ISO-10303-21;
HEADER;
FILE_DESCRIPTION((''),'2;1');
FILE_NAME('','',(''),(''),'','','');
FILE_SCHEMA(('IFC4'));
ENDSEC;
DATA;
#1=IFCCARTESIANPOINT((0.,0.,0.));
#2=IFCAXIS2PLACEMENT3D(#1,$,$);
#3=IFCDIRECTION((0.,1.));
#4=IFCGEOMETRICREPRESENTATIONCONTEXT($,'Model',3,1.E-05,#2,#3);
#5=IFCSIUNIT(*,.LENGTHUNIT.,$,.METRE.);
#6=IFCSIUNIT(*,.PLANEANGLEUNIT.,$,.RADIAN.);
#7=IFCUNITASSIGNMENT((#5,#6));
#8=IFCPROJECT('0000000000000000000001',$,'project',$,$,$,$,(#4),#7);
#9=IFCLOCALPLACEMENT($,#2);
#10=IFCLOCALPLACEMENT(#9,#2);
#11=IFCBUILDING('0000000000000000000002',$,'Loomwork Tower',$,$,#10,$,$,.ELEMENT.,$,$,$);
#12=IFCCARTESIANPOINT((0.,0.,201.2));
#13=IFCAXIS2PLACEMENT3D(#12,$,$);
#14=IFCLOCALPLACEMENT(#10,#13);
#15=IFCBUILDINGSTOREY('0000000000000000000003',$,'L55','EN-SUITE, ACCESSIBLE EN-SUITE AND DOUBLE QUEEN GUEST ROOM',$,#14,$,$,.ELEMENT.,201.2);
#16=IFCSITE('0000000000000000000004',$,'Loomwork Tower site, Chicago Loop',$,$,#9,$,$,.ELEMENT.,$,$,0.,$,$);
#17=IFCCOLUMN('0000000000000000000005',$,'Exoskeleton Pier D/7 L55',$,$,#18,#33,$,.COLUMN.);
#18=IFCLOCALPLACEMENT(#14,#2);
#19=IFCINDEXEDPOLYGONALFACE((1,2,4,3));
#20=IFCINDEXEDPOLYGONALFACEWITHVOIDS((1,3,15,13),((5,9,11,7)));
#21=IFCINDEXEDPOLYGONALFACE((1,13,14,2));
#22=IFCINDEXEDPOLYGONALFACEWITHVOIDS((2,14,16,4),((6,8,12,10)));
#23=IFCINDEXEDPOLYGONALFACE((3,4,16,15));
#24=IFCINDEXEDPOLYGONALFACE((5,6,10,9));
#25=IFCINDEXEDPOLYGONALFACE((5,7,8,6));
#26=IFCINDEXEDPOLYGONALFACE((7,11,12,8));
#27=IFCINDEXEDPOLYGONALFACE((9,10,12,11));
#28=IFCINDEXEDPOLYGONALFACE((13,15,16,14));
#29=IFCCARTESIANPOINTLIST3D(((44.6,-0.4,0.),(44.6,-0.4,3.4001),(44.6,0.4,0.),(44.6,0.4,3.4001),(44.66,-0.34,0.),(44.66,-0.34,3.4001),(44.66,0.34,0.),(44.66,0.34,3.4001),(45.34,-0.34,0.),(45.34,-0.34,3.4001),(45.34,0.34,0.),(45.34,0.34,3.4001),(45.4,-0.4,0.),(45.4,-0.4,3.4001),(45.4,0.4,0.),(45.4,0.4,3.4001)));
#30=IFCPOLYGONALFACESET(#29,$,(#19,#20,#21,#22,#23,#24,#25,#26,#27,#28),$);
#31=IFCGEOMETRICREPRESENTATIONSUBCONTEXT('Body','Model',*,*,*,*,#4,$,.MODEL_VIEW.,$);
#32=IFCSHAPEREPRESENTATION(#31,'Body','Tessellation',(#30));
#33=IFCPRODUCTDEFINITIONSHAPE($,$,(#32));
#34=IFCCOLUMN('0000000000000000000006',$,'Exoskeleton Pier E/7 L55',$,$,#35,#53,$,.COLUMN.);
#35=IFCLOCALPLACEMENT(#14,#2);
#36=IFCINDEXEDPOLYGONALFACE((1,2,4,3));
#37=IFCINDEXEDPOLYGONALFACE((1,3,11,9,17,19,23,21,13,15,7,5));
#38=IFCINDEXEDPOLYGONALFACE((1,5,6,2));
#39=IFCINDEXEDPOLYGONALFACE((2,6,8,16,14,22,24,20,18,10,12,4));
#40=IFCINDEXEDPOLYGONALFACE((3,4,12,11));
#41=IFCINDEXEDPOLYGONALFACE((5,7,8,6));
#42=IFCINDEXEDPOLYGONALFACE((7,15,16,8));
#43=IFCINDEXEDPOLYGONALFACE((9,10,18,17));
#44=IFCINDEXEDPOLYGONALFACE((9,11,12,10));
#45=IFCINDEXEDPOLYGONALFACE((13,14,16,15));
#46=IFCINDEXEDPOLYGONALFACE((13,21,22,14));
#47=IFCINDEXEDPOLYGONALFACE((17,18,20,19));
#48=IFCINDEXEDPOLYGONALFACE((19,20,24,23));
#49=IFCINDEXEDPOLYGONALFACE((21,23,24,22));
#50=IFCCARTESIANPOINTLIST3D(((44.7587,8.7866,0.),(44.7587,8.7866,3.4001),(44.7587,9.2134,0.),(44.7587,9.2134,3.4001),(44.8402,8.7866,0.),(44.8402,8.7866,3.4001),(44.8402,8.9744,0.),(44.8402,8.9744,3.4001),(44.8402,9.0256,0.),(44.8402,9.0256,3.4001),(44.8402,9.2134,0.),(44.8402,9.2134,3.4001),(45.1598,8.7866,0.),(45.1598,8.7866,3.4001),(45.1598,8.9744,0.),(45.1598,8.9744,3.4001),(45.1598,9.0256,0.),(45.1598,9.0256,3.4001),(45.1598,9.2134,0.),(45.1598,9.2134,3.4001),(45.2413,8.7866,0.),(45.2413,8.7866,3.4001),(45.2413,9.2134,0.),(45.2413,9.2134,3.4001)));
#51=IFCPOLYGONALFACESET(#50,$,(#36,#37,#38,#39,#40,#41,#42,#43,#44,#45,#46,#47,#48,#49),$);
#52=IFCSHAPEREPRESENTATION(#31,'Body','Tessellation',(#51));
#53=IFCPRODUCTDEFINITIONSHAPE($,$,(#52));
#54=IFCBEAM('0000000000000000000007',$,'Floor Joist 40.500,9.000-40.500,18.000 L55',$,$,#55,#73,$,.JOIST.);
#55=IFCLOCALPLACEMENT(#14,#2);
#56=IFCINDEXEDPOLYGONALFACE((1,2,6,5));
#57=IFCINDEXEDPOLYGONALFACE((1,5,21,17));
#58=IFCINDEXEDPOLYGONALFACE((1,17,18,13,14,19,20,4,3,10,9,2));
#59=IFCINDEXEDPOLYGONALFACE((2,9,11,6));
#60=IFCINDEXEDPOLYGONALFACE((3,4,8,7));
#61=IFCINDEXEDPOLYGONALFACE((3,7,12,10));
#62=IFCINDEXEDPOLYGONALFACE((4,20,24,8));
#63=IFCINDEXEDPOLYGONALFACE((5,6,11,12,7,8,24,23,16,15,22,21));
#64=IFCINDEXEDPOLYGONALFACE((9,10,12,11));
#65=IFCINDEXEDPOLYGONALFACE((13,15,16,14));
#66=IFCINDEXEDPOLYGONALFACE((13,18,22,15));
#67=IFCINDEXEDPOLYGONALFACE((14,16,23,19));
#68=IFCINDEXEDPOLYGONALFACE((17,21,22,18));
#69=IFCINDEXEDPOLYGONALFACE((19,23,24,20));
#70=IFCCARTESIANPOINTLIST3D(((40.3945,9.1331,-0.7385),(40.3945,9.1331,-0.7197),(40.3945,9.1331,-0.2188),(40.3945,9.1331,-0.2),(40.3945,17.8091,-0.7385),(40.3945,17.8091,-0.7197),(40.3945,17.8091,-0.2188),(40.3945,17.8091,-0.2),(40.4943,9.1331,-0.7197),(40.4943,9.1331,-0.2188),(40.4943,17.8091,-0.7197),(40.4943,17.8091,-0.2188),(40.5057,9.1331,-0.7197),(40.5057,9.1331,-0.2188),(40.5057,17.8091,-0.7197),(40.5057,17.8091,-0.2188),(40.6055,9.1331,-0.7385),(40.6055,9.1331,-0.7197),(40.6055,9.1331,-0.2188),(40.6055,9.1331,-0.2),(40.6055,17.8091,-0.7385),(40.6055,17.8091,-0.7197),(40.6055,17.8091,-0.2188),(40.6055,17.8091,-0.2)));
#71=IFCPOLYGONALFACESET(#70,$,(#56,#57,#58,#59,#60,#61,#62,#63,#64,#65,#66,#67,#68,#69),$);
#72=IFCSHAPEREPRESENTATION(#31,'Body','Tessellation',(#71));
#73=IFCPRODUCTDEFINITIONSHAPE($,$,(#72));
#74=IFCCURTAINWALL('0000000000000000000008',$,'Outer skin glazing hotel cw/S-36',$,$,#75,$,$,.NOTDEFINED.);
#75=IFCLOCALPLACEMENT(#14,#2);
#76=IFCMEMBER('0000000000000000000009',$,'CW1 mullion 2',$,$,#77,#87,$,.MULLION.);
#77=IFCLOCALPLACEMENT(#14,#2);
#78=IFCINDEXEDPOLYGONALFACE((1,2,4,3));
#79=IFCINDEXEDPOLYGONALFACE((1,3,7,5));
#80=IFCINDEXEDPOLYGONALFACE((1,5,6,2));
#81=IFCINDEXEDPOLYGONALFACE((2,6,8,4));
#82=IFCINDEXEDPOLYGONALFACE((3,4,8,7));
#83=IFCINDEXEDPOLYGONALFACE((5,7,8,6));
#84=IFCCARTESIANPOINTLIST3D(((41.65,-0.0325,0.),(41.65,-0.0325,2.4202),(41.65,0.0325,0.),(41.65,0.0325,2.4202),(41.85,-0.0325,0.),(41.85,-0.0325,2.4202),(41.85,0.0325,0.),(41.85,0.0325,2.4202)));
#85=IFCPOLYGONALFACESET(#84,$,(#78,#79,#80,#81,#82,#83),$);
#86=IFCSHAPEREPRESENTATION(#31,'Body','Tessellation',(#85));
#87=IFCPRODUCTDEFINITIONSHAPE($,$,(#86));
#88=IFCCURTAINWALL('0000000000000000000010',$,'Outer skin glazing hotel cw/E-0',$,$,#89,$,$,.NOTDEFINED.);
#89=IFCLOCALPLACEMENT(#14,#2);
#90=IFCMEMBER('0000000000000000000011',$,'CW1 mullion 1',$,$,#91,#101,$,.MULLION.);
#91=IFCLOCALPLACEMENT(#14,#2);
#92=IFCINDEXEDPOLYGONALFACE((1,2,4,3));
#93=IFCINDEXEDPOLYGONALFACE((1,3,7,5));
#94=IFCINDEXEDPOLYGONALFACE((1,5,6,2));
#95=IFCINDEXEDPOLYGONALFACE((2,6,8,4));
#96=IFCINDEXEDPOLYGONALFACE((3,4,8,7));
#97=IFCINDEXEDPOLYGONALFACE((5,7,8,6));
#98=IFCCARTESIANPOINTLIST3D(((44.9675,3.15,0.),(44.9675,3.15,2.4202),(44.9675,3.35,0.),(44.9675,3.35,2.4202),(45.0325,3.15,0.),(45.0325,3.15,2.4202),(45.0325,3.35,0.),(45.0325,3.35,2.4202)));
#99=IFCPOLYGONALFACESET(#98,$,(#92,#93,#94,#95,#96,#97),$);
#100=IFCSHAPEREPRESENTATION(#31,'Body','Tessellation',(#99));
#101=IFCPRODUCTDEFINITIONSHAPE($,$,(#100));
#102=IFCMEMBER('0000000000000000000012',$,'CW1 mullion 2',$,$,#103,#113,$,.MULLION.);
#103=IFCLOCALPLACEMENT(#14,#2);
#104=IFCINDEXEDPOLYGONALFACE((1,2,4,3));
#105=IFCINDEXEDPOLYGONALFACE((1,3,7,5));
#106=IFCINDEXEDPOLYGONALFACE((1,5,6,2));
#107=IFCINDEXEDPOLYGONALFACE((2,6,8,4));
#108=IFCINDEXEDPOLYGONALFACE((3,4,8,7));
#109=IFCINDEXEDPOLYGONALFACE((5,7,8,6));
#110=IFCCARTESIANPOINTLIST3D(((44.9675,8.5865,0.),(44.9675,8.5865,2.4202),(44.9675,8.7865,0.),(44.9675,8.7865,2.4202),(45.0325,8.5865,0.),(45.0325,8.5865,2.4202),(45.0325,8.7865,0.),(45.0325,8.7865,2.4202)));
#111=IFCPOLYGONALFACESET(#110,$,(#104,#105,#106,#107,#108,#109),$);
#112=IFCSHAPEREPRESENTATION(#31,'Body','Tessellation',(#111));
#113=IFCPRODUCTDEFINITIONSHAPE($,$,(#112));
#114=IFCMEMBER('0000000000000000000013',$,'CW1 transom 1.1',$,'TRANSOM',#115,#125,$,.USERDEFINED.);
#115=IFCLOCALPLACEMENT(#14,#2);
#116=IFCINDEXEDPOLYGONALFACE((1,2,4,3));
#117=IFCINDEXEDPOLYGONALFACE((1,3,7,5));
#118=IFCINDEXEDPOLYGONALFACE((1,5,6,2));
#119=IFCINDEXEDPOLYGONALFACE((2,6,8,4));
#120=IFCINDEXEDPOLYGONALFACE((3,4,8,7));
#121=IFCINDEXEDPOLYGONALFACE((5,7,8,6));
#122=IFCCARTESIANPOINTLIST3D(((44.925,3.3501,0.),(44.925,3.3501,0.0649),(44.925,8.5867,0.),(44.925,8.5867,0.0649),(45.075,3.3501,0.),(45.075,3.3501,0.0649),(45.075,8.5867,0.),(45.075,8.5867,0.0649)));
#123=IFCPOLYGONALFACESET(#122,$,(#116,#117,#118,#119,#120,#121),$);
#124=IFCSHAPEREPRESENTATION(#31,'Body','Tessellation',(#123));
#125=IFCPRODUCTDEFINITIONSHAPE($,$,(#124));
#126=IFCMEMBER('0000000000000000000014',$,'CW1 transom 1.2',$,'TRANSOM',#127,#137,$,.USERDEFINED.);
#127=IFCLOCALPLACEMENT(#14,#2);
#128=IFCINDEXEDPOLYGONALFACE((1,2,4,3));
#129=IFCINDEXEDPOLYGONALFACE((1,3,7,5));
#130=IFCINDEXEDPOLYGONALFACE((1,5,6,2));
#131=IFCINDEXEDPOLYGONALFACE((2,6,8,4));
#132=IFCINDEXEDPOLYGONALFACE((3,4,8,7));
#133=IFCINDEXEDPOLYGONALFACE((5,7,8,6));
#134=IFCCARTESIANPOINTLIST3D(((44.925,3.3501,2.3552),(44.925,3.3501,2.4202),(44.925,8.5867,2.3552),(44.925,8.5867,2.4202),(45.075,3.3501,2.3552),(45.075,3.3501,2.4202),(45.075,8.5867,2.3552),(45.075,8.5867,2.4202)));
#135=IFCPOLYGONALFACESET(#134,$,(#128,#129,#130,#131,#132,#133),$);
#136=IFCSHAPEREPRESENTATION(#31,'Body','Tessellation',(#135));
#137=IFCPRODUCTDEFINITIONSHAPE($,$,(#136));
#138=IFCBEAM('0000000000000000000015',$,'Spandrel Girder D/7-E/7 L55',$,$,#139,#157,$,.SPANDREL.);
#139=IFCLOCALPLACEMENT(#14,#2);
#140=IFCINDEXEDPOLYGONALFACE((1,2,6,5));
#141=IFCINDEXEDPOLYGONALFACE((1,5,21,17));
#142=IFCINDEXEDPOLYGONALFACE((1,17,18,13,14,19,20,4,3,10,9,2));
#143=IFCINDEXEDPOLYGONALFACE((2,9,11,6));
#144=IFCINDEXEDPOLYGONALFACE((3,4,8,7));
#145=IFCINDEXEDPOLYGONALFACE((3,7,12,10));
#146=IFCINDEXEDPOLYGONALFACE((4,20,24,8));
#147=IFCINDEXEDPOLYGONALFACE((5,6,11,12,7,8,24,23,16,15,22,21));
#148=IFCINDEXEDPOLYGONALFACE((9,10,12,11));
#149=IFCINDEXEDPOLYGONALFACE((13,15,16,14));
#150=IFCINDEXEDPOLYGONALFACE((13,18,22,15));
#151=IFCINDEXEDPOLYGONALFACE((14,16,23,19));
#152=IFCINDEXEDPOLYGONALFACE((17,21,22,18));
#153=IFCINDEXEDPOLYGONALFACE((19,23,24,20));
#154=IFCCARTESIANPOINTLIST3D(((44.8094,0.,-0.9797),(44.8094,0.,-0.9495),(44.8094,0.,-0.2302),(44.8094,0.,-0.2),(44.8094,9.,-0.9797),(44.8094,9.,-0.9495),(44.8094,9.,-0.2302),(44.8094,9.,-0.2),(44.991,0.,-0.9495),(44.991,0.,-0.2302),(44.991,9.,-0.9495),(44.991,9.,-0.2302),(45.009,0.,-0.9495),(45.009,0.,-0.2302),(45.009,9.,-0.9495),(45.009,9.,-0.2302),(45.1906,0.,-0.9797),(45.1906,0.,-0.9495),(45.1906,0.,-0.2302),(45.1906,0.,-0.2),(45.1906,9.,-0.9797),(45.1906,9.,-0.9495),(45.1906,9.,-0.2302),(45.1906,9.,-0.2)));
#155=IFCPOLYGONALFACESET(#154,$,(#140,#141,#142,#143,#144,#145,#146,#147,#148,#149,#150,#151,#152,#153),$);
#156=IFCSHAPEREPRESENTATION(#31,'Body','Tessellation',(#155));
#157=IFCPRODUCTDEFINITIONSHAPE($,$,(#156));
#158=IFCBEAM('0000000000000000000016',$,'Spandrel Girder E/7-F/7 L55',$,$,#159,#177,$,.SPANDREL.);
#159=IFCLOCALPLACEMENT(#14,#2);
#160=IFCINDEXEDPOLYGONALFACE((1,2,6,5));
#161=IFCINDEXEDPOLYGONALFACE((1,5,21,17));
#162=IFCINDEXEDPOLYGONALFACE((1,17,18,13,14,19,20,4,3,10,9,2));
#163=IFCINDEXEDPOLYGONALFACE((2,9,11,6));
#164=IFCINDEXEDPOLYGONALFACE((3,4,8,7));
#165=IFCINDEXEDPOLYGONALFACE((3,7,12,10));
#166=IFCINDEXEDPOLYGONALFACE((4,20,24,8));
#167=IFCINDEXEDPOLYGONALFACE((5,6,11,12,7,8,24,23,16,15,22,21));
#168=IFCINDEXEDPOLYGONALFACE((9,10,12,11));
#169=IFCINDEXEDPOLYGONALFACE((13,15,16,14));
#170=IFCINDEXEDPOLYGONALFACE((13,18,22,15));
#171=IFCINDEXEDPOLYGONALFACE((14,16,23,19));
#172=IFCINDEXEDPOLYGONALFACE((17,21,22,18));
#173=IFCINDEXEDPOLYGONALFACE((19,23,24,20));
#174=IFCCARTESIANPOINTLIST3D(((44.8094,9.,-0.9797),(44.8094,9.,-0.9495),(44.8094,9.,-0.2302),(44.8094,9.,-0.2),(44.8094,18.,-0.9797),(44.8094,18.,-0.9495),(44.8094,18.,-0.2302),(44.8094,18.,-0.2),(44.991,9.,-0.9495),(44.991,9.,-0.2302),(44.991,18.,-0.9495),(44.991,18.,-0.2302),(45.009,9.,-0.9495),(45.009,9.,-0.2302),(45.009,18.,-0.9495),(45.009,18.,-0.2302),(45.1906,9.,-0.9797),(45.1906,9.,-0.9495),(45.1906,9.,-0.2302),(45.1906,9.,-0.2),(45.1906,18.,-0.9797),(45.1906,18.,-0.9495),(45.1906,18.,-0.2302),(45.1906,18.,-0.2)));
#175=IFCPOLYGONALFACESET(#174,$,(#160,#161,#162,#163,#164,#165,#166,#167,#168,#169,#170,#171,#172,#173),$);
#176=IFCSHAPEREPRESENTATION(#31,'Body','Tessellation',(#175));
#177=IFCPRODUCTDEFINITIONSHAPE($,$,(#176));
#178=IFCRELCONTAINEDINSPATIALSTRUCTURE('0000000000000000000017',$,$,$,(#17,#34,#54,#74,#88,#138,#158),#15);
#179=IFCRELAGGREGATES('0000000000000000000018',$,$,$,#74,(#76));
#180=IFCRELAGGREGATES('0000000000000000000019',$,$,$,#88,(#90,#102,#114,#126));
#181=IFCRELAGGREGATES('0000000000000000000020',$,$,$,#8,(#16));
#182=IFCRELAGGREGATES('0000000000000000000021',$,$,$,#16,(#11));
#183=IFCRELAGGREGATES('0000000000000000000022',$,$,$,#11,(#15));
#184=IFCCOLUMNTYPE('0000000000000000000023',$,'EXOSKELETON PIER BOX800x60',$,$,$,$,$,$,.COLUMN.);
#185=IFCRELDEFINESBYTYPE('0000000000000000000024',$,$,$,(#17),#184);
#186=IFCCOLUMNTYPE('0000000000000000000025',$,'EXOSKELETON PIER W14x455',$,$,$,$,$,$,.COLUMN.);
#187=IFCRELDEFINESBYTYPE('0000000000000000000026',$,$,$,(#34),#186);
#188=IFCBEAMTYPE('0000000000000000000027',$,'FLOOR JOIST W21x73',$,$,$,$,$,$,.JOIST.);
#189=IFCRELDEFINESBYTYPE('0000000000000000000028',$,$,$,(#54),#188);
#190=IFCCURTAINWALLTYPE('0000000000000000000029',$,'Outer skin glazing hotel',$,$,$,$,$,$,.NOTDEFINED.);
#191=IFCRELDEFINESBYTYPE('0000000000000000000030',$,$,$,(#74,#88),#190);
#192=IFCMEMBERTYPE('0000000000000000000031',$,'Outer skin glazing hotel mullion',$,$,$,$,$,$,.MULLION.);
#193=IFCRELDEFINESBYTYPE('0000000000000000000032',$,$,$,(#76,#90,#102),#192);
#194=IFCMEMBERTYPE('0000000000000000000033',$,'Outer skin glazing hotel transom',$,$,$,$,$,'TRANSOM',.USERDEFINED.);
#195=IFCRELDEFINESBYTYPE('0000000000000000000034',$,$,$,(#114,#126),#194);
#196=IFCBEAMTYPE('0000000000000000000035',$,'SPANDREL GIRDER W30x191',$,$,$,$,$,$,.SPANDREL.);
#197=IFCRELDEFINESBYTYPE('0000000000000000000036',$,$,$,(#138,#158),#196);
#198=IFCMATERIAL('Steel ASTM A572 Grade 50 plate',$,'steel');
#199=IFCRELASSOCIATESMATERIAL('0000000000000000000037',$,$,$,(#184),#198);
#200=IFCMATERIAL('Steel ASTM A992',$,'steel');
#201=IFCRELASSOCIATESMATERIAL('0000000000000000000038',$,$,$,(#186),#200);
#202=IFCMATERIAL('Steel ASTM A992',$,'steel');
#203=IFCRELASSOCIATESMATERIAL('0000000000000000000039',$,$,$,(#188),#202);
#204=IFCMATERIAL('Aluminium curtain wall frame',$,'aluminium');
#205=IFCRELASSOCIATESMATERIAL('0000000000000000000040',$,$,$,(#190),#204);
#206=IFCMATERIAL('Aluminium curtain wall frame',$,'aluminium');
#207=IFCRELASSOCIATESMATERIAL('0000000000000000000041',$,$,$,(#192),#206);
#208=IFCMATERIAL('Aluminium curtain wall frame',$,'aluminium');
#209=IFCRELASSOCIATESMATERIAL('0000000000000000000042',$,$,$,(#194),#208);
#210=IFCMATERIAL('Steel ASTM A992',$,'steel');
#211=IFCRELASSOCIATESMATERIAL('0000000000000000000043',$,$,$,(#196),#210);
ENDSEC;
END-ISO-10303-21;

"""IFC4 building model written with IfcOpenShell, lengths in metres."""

from ifc_helpers import new_model, si_unit, direction, frame, origin, origin_2d, place, context, subcontext, project, spatial, rectangle, hollow_rectangle, i_section, extrude, material, material_profile, profile_set, type_object, element, aggregate, save


model = new_model("IFC4")

# Units and contexts
model_context = context("Model", 3, precision=1e-05, world=origin(), true_north=direction((0.0, 1.0)))
body_context = subcontext(model_context, "Body", "Model", "MODEL_VIEW")
ifc_project = project(units=[si_unit("LENGTHUNIT", "METRE"), si_unit("PLANEANGLEUNIT", "RADIAN")], contexts=[model_context])

# Site, building, storey
site_placement = place(None, origin())
site = spatial("IfcSite", under=ifc_project, at=site_placement, Name="Loomwork Tower site, Chicago Loop", CompositionType="ELEMENT", RefElevation=0.0)
building_placement = place(site_placement, origin())
building = spatial("IfcBuilding", under=site, at=building_placement, Name="Loomwork Tower", CompositionType="ELEMENT")
storey_placement = place(building_placement, frame((0.0, 0.0, 201.2)))
storey = spatial("IfcBuildingStorey", under=building, at=storey_placement, Name="L55", Description="EN-SUITE, ACCESSIBLE EN-SUITE AND DOUBLE QUEEN GUEST ROOM", CompositionType="ELEMENT", Elevation=201.2)

# Columns
ifc_material_1 = material(Name="Steel ASTM A572 Grade 50 plate", Category="steel")
ifc_material_profile_1 = material_profile(ifc_material_1, hollow_rectangle(XDim=0.8, YDim=0.8, WallThickness=0.0601, at=origin_2d()), Name="BOX800x60")
ifc_profile_set_1 = profile_set([ifc_material_profile_1], Name="Steel ASTM A572 Grade 50 plate")
column_type_1 = type_object("IfcColumnType", Name="EXOSKELETON PIER BOX800x60", PredefinedType="COLUMN", material=ifc_profile_set_1)
column_1_placement = place(storey_placement, frame((45.0, 0.0, 0.0), z_axis=(0.0, 0.0, 1.0), x_axis=(1.0, 0.0, 0.0)))
element("IfcColumn", 1, at=column_1_placement, inside=storey, type_object=column_type_1, Name="Exoskeleton Pier D/7 L55", PredefinedType="COLUMN", context=body_context, shape_type="SweptSolid", body=[
    extrude(hollow_rectangle(XDim=0.8, YDim=0.8, WallThickness=0.0601, at=origin_2d()), origin(), (0.0, 0.0, 1.0), 3.4001),
])
ifc_material_2 = material(Name="Steel ASTM A992", Category="steel")
ifc_material_profile_2 = material_profile(ifc_material_2, i_section(OverallWidth=0.4268, OverallDepth=0.4827, WebThickness=0.0513, FlangeThickness=0.0815, at=origin_2d()), Name="W14x455")
ifc_profile_set_2 = profile_set([ifc_material_profile_2], Name="Steel ASTM A992")
column_type_2 = type_object("IfcColumnType", Name="EXOSKELETON PIER W14x455", PredefinedType="COLUMN", material=ifc_profile_set_2)
column_2_placement = place(storey_placement, frame((45.0, 9.0, 0.0), z_axis=(0.0, 0.0, 1.0), x_axis=(0.0, 1.0, 0.0)))
element("IfcColumn", 2, at=column_2_placement, inside=storey, type_object=column_type_2, Name="Exoskeleton Pier E/7 L55", PredefinedType="COLUMN", context=body_context, shape_type="SweptSolid", body=[
    extrude(i_section(OverallWidth=0.4268, OverallDepth=0.4827, WebThickness=0.0513, FlangeThickness=0.0815, at=origin_2d()), origin(), (0.0, 0.0, 1.0), 3.4001),
])

# Beam
ifc_material_3 = material(Name="Steel ASTM A992", Category="steel")
ifc_material_profile_3 = material_profile(ifc_material_3, i_section(OverallWidth=0.2109, OverallDepth=0.5386, WebThickness=0.0115, FlangeThickness=0.0188, at=origin_2d()), Name="W21x73")
ifc_profile_set_3 = profile_set([ifc_material_profile_3], Name="Steel ASTM A992")
beam_type_1 = type_object("IfcBeamType", Name="FLOOR JOIST W21x73", PredefinedType="JOIST", material=ifc_profile_set_3)
beam_placement = place(storey_placement, frame((40.5, 9.1331, -0.4692), z_axis=(0.0, 1.0, 0.0), x_axis=(-1.0, 0.0, 0.0)))
element("IfcBeam", 3, at=beam_placement, inside=storey, type_object=beam_type_1, Name="Floor Joist 40.500,9.000-40.500,18.000 L55", PredefinedType="JOIST", context=body_context, shape_type="SweptSolid", body=[
    extrude(i_section(OverallWidth=0.2109, OverallDepth=0.5386, WebThickness=0.0115, FlangeThickness=0.0188, at=origin_2d()), origin(), (0.0, 0.0, 1.0), 8.676),
])

# Curtain wall, member
ifc_material_4 = material(Name="Aluminium curtain wall frame", Category="aluminium")
curtain_wall_type = type_object("IfcCurtainWallType", Name="Outer skin glazing hotel", PredefinedType="NOTDEFINED", material=ifc_material_4)
curtain_wall_1_placement = place(storey_placement, origin())
curtain_wall_1 = element("IfcCurtainWall", 4, at=curtain_wall_1_placement, inside=storey, type_object=curtain_wall_type, Name="Outer skin glazing hotel cw/S-36", PredefinedType="NOTDEFINED")
ifc_material_5 = material(Name="Aluminium curtain wall frame", Category="aluminium")
ifc_material_profile_4 = material_profile(ifc_material_5, rectangle(XDim=0.0649, YDim=0.2, at=origin_2d()), Name="AL 65x200")
ifc_profile_set_4 = profile_set([ifc_material_profile_4], Name="Aluminium curtain wall frame")
member_type_1 = type_object("IfcMemberType", Name="Outer skin glazing hotel mullion", PredefinedType="MULLION", material=ifc_profile_set_4)
member_1_placement = place(storey_placement, frame((41.75, 0.0, 0.0), z_axis=(0.0, 0.0, 1.0), x_axis=(0.0, 1.0, 0.0)))
member_1 = element("IfcMember", 5, at=member_1_placement, type_object=member_type_1, Name="CW1 mullion 2", PredefinedType="MULLION", context=body_context, shape_type="SweptSolid", body=[
    extrude(rectangle(XDim=0.0649, YDim=0.2, at=origin_2d()), origin(), (0.0, 0.0, 1.0), 2.4202),
])
aggregate(curtain_wall_1, [member_1])

# Curtain wall, members
curtain_wall_2_placement = place(storey_placement, origin())
curtain_wall_2 = element("IfcCurtainWall", 6, at=curtain_wall_2_placement, inside=storey, type_object=curtain_wall_type, Name="Outer skin glazing hotel cw/E-0", PredefinedType="NOTDEFINED")
member_2_placement = place(storey_placement, frame((45.0, 3.25, 0.0), z_axis=(0.0, 0.0, 1.0), x_axis=(-1.0, 0.0, 0.0)))
member_2 = element("IfcMember", 7, at=member_2_placement, type_object=member_type_1, Name="CW1 mullion 1", PredefinedType="MULLION", context=body_context, shape_type="SweptSolid", body=[
    extrude(rectangle(XDim=0.0649, YDim=0.2, at=origin_2d()), origin(), (0.0, 0.0, 1.0), 2.4202),
])
member_3_placement = place(storey_placement, frame((45.0, 8.6865, 0.0), z_axis=(0.0, 0.0, 1.0), x_axis=(-1.0, 0.0, 0.0)))
member_3 = element("IfcMember", 8, at=member_3_placement, type_object=member_type_1, Name="CW1 mullion 2", PredefinedType="MULLION", context=body_context, shape_type="SweptSolid", body=[
    extrude(rectangle(XDim=0.0649, YDim=0.2, at=origin_2d()), origin(), (0.0, 0.0, 1.0), 2.4202),
])
ifc_material_6 = material(Name="Aluminium curtain wall frame", Category="aluminium")
ifc_material_profile_5 = material_profile(ifc_material_6, rectangle(XDim=0.1499, YDim=0.0649, at=origin_2d()), Name="AL 65x150")
ifc_profile_set_5 = profile_set([ifc_material_profile_5], Name="Aluminium curtain wall frame")
member_type_2 = type_object("IfcMemberType", Name="Outer skin glazing hotel transom", ElementType="TRANSOM", PredefinedType="USERDEFINED", material=ifc_profile_set_5)
member_4_placement = place(storey_placement, frame((45.0, 3.3501, 0.0325), z_axis=(0.0, 1.0, 0.0), x_axis=(-1.0, 0.0, 0.0)))
member_4 = element("IfcMember", 9, at=member_4_placement, type_object=member_type_2, Name="CW1 transom 1.1", ObjectType="TRANSOM", PredefinedType="USERDEFINED", context=body_context, shape_type="SweptSolid", body=[
    extrude(rectangle(XDim=0.1499, YDim=0.0649, at=origin_2d()), origin(), (0.0, 0.0, 1.0), 5.2366),
])
member_5_placement = place(storey_placement, frame((45.0, 3.3501, 2.3877), z_axis=(0.0, 1.0, 0.0), x_axis=(-1.0, 0.0, 0.0)))
member_5 = element("IfcMember", 10, at=member_5_placement, type_object=member_type_2, Name="CW1 transom 1.2", ObjectType="TRANSOM", PredefinedType="USERDEFINED", context=body_context, shape_type="SweptSolid", body=[
    extrude(rectangle(XDim=0.1499, YDim=0.0649, at=origin_2d()), origin(), (0.0, 0.0, 1.0), 5.2366),
])

# Beams
ifc_material_7 = material(Name="Steel ASTM A992", Category="steel")
ifc_material_profile_6 = material_profile(ifc_material_7, i_section(OverallWidth=0.3811, OverallDepth=0.7798, WebThickness=0.0181, FlangeThickness=0.0303, at=origin_2d()), Name="W30x191")
ifc_profile_set_6 = profile_set([ifc_material_profile_6], Name="Steel ASTM A992")
beam_type_2 = type_object("IfcBeamType", Name="SPANDREL GIRDER W30x191", PredefinedType="SPANDREL", material=ifc_profile_set_6)
for number, where, z_axis, x_axis, name in (
    (11, (45.0, 0.0, -0.5898), (0.0, 1.0, 0.0), (-1.0, 0.0, 0.0), "Spandrel Girder D/7-E/7 L55"),
    (12, (45.0, 9.0, -0.5898), (0.0, 1.0, 0.0), (-1.0, 0.0, 0.0), "Spandrel Girder E/7-F/7 L55"),
):
    element("IfcBeam", number, at=place(storey_placement, frame(where, z_axis=z_axis, x_axis=x_axis)), inside=storey, type_object=beam_type_2, Name=name, PredefinedType="SPANDREL", context=body_context, shape_type="SweptSolid", body=[
        extrude(i_section(OverallWidth=0.3811, OverallDepth=0.7798, WebThickness=0.0181, FlangeThickness=0.0303, at=origin_2d()), origin(), (0.0, 0.0, 1.0), 9.0),
    ])

aggregate(curtain_wall_2, [member_2, member_3, member_4, member_5])

save(model, "model.ifc")
